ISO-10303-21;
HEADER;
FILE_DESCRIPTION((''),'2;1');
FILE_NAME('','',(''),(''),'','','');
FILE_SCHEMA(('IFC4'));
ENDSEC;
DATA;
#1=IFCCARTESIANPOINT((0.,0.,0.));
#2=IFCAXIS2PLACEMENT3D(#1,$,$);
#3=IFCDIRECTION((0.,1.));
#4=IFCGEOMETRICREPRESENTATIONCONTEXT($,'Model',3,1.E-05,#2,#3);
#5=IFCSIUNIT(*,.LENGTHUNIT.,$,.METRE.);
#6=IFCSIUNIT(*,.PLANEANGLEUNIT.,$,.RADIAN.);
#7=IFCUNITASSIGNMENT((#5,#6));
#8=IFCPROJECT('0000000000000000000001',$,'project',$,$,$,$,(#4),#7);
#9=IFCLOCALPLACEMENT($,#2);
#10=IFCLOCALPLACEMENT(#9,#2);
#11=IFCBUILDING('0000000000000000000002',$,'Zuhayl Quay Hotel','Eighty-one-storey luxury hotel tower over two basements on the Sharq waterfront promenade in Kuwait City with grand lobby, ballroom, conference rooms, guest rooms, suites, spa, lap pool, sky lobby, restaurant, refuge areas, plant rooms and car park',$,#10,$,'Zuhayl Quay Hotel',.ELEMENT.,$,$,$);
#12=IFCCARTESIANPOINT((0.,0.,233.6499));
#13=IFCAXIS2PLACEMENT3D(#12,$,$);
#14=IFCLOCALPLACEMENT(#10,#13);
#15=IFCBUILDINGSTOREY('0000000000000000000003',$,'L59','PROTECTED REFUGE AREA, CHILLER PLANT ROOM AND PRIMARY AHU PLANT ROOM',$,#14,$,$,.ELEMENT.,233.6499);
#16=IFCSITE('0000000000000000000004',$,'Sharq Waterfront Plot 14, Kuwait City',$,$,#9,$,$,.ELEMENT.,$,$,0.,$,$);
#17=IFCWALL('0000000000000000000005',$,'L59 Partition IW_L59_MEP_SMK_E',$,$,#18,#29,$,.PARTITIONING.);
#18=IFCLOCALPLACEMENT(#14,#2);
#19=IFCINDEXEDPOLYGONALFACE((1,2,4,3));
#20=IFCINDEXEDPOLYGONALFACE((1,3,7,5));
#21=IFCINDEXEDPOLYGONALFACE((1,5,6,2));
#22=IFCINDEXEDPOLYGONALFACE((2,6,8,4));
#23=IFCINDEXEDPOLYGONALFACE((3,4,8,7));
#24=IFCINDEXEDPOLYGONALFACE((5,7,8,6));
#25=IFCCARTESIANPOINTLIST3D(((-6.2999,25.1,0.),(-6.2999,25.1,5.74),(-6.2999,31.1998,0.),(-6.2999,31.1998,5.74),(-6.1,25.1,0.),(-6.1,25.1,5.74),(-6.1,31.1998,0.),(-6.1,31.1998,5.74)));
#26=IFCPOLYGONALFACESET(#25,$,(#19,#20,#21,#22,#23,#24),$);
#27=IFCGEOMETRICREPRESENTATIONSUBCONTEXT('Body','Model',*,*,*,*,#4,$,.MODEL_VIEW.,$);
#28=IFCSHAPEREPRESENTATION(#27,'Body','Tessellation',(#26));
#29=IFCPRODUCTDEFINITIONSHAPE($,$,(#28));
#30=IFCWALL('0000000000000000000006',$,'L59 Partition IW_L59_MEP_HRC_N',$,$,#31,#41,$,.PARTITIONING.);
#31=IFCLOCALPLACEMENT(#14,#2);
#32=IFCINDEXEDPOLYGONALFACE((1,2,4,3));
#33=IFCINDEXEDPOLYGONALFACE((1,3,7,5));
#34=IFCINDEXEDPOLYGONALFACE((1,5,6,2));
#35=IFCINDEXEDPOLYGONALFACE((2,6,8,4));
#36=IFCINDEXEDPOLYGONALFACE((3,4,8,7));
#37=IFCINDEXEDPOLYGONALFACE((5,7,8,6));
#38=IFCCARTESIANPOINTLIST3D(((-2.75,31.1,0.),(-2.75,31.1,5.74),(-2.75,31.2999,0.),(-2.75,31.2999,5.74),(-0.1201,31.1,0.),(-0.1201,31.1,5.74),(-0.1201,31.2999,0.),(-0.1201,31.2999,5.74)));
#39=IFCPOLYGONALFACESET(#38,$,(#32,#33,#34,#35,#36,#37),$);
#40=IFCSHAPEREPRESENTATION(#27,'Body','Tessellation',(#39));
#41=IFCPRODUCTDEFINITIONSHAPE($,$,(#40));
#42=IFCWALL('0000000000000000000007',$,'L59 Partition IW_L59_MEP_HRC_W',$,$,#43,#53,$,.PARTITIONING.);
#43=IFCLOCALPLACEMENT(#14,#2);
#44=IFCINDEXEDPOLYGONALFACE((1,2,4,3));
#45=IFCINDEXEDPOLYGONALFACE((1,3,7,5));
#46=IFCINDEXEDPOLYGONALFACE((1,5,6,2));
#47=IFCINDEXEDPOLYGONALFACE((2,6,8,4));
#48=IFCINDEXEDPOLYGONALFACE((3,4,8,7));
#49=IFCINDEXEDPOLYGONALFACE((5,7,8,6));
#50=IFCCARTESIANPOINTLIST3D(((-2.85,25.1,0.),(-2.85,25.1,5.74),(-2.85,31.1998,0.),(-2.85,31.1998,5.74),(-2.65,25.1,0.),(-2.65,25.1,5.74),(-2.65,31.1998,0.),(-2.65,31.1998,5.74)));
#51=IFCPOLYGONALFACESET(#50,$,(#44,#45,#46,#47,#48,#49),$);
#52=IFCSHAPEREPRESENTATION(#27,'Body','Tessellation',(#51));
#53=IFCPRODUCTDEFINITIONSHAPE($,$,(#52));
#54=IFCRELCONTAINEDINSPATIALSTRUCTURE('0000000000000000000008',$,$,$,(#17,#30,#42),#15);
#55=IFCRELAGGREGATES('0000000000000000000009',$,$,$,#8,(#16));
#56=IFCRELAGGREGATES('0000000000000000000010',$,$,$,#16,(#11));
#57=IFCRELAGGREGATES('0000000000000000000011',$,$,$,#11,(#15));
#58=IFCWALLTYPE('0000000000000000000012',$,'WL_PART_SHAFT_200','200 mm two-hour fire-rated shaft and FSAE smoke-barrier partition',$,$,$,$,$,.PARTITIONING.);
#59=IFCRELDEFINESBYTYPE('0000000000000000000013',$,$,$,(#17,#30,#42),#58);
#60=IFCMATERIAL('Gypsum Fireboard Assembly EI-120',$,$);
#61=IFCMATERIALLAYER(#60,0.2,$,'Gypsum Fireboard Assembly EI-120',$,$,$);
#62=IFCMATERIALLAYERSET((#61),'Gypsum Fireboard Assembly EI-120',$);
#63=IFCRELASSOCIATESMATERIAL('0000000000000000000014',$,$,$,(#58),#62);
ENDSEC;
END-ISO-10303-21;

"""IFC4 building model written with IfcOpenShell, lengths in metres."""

from ifc_helpers import new_model, si_unit, direction, frame, frame_2d, origin, place, context, subcontext, project, spatial, rectangle, extrude, material, layer, layer_set, type_object, element, save


model = new_model("IFC4")

# Units and contexts
model_context = context("Model", 3, precision=1e-05, world=origin(), true_north=direction((0.0, 1.0)))
body_context = subcontext(model_context, "Body", "Model", "MODEL_VIEW")
ifc_project = project(units=[si_unit("LENGTHUNIT", "METRE"), si_unit("PLANEANGLEUNIT", "RADIAN")], contexts=[model_context])

# Site, building, storey
site_placement = place(None, origin())
site = spatial("IfcSite", under=ifc_project, at=site_placement, Name="Sharq Waterfront Plot 14, Kuwait City", CompositionType="ELEMENT", RefElevation=0.0)
building_placement = place(site_placement, origin())
building = spatial("IfcBuilding", under=site, at=building_placement, Name="Zuhayl Quay Hotel", Description="Eighty-one-storey luxury hotel tower over two basements on the Sharq waterfront promenade in Kuwait City with grand lobby, ballroom, conference rooms, guest rooms, suites, spa, lap pool, sky lobby, restaurant, refuge areas, plant rooms and car park", LongName="Zuhayl Quay Hotel", CompositionType="ELEMENT")
storey_placement = place(building_placement, frame((0.0, 0.0, 233.6499)))
storey = spatial("IfcBuildingStorey", under=building, at=storey_placement, Name="L59", Description="PROTECTED REFUGE AREA, CHILLER PLANT ROOM AND PRIMARY AHU PLANT ROOM", CompositionType="ELEMENT", Elevation=233.6499)

# Shared definitions
ifc_material_1 = material(Name="Gypsum Fireboard Assembly EI-120")
ifc_layer_1 = layer(ifc_material_1, 0.2, Name="Gypsum Fireboard Assembly EI-120")
ifc_layer_set_1 = layer_set([ifc_layer_1], Name="Gypsum Fireboard Assembly EI-120")
wall_type = type_object("IfcWallType", Name="WL_PART_SHAFT_200", Description="200 mm two-hour fire-rated shaft and FSAE smoke-barrier partition", PredefinedType="PARTITIONING", material=ifc_layer_set_1)

# Walls
for number, where, z_axis, x_axis, name in (
    (1, (-6.2, 25.1001, 0.0), (0.0, 0.0, 1.0), (0.0, 1.0, 0.0), "L59 Partition IW_L59_MEP_SMK_E"),
):
    element("IfcWall", number, at=place(storey_placement, frame(where, z_axis=z_axis, x_axis=x_axis)), inside=storey, type_object=wall_type, Name=name, PredefinedType="PARTITIONING", context=body_context, shape_type="SweptSolid", body=[
        extrude(rectangle(XDim=6.0999, YDim=0.2, at=frame_2d((3.0498, 0.0))), origin(), (0.0, 0.0, 1.0), 5.74),
    ])
wall_1_placement = place(storey_placement, frame((-2.75, 31.2, 0.0), z_axis=(0.0, 0.0, 1.0), x_axis=(1.0, 0.0, 0.0)))
element("IfcWall", 2, at=wall_1_placement, inside=storey, type_object=wall_type, Name="L59 Partition IW_L59_MEP_HRC_N", PredefinedType="PARTITIONING", context=body_context, shape_type="SweptSolid", body=[
    extrude(rectangle(XDim=2.6299, YDim=0.2, at=frame_2d((1.3149, 0.0))), origin(), (0.0, 0.0, 1.0), 5.74),
])
wall_2_placement = place(storey_placement, frame((-2.75, 25.1001, 0.0), z_axis=(0.0, 0.0, 1.0), x_axis=(0.0, 1.0, 0.0)))
element("IfcWall", 3, at=wall_2_placement, inside=storey, type_object=wall_type, Name="L59 Partition IW_L59_MEP_HRC_W", PredefinedType="PARTITIONING", context=body_context, shape_type="SweptSolid", body=[
    extrude(rectangle(XDim=6.0999, YDim=0.2, at=frame_2d((3.0498, 0.0))), origin(), (0.0, 0.0, 1.0), 5.74),
])

save(model, "model.ifc")
